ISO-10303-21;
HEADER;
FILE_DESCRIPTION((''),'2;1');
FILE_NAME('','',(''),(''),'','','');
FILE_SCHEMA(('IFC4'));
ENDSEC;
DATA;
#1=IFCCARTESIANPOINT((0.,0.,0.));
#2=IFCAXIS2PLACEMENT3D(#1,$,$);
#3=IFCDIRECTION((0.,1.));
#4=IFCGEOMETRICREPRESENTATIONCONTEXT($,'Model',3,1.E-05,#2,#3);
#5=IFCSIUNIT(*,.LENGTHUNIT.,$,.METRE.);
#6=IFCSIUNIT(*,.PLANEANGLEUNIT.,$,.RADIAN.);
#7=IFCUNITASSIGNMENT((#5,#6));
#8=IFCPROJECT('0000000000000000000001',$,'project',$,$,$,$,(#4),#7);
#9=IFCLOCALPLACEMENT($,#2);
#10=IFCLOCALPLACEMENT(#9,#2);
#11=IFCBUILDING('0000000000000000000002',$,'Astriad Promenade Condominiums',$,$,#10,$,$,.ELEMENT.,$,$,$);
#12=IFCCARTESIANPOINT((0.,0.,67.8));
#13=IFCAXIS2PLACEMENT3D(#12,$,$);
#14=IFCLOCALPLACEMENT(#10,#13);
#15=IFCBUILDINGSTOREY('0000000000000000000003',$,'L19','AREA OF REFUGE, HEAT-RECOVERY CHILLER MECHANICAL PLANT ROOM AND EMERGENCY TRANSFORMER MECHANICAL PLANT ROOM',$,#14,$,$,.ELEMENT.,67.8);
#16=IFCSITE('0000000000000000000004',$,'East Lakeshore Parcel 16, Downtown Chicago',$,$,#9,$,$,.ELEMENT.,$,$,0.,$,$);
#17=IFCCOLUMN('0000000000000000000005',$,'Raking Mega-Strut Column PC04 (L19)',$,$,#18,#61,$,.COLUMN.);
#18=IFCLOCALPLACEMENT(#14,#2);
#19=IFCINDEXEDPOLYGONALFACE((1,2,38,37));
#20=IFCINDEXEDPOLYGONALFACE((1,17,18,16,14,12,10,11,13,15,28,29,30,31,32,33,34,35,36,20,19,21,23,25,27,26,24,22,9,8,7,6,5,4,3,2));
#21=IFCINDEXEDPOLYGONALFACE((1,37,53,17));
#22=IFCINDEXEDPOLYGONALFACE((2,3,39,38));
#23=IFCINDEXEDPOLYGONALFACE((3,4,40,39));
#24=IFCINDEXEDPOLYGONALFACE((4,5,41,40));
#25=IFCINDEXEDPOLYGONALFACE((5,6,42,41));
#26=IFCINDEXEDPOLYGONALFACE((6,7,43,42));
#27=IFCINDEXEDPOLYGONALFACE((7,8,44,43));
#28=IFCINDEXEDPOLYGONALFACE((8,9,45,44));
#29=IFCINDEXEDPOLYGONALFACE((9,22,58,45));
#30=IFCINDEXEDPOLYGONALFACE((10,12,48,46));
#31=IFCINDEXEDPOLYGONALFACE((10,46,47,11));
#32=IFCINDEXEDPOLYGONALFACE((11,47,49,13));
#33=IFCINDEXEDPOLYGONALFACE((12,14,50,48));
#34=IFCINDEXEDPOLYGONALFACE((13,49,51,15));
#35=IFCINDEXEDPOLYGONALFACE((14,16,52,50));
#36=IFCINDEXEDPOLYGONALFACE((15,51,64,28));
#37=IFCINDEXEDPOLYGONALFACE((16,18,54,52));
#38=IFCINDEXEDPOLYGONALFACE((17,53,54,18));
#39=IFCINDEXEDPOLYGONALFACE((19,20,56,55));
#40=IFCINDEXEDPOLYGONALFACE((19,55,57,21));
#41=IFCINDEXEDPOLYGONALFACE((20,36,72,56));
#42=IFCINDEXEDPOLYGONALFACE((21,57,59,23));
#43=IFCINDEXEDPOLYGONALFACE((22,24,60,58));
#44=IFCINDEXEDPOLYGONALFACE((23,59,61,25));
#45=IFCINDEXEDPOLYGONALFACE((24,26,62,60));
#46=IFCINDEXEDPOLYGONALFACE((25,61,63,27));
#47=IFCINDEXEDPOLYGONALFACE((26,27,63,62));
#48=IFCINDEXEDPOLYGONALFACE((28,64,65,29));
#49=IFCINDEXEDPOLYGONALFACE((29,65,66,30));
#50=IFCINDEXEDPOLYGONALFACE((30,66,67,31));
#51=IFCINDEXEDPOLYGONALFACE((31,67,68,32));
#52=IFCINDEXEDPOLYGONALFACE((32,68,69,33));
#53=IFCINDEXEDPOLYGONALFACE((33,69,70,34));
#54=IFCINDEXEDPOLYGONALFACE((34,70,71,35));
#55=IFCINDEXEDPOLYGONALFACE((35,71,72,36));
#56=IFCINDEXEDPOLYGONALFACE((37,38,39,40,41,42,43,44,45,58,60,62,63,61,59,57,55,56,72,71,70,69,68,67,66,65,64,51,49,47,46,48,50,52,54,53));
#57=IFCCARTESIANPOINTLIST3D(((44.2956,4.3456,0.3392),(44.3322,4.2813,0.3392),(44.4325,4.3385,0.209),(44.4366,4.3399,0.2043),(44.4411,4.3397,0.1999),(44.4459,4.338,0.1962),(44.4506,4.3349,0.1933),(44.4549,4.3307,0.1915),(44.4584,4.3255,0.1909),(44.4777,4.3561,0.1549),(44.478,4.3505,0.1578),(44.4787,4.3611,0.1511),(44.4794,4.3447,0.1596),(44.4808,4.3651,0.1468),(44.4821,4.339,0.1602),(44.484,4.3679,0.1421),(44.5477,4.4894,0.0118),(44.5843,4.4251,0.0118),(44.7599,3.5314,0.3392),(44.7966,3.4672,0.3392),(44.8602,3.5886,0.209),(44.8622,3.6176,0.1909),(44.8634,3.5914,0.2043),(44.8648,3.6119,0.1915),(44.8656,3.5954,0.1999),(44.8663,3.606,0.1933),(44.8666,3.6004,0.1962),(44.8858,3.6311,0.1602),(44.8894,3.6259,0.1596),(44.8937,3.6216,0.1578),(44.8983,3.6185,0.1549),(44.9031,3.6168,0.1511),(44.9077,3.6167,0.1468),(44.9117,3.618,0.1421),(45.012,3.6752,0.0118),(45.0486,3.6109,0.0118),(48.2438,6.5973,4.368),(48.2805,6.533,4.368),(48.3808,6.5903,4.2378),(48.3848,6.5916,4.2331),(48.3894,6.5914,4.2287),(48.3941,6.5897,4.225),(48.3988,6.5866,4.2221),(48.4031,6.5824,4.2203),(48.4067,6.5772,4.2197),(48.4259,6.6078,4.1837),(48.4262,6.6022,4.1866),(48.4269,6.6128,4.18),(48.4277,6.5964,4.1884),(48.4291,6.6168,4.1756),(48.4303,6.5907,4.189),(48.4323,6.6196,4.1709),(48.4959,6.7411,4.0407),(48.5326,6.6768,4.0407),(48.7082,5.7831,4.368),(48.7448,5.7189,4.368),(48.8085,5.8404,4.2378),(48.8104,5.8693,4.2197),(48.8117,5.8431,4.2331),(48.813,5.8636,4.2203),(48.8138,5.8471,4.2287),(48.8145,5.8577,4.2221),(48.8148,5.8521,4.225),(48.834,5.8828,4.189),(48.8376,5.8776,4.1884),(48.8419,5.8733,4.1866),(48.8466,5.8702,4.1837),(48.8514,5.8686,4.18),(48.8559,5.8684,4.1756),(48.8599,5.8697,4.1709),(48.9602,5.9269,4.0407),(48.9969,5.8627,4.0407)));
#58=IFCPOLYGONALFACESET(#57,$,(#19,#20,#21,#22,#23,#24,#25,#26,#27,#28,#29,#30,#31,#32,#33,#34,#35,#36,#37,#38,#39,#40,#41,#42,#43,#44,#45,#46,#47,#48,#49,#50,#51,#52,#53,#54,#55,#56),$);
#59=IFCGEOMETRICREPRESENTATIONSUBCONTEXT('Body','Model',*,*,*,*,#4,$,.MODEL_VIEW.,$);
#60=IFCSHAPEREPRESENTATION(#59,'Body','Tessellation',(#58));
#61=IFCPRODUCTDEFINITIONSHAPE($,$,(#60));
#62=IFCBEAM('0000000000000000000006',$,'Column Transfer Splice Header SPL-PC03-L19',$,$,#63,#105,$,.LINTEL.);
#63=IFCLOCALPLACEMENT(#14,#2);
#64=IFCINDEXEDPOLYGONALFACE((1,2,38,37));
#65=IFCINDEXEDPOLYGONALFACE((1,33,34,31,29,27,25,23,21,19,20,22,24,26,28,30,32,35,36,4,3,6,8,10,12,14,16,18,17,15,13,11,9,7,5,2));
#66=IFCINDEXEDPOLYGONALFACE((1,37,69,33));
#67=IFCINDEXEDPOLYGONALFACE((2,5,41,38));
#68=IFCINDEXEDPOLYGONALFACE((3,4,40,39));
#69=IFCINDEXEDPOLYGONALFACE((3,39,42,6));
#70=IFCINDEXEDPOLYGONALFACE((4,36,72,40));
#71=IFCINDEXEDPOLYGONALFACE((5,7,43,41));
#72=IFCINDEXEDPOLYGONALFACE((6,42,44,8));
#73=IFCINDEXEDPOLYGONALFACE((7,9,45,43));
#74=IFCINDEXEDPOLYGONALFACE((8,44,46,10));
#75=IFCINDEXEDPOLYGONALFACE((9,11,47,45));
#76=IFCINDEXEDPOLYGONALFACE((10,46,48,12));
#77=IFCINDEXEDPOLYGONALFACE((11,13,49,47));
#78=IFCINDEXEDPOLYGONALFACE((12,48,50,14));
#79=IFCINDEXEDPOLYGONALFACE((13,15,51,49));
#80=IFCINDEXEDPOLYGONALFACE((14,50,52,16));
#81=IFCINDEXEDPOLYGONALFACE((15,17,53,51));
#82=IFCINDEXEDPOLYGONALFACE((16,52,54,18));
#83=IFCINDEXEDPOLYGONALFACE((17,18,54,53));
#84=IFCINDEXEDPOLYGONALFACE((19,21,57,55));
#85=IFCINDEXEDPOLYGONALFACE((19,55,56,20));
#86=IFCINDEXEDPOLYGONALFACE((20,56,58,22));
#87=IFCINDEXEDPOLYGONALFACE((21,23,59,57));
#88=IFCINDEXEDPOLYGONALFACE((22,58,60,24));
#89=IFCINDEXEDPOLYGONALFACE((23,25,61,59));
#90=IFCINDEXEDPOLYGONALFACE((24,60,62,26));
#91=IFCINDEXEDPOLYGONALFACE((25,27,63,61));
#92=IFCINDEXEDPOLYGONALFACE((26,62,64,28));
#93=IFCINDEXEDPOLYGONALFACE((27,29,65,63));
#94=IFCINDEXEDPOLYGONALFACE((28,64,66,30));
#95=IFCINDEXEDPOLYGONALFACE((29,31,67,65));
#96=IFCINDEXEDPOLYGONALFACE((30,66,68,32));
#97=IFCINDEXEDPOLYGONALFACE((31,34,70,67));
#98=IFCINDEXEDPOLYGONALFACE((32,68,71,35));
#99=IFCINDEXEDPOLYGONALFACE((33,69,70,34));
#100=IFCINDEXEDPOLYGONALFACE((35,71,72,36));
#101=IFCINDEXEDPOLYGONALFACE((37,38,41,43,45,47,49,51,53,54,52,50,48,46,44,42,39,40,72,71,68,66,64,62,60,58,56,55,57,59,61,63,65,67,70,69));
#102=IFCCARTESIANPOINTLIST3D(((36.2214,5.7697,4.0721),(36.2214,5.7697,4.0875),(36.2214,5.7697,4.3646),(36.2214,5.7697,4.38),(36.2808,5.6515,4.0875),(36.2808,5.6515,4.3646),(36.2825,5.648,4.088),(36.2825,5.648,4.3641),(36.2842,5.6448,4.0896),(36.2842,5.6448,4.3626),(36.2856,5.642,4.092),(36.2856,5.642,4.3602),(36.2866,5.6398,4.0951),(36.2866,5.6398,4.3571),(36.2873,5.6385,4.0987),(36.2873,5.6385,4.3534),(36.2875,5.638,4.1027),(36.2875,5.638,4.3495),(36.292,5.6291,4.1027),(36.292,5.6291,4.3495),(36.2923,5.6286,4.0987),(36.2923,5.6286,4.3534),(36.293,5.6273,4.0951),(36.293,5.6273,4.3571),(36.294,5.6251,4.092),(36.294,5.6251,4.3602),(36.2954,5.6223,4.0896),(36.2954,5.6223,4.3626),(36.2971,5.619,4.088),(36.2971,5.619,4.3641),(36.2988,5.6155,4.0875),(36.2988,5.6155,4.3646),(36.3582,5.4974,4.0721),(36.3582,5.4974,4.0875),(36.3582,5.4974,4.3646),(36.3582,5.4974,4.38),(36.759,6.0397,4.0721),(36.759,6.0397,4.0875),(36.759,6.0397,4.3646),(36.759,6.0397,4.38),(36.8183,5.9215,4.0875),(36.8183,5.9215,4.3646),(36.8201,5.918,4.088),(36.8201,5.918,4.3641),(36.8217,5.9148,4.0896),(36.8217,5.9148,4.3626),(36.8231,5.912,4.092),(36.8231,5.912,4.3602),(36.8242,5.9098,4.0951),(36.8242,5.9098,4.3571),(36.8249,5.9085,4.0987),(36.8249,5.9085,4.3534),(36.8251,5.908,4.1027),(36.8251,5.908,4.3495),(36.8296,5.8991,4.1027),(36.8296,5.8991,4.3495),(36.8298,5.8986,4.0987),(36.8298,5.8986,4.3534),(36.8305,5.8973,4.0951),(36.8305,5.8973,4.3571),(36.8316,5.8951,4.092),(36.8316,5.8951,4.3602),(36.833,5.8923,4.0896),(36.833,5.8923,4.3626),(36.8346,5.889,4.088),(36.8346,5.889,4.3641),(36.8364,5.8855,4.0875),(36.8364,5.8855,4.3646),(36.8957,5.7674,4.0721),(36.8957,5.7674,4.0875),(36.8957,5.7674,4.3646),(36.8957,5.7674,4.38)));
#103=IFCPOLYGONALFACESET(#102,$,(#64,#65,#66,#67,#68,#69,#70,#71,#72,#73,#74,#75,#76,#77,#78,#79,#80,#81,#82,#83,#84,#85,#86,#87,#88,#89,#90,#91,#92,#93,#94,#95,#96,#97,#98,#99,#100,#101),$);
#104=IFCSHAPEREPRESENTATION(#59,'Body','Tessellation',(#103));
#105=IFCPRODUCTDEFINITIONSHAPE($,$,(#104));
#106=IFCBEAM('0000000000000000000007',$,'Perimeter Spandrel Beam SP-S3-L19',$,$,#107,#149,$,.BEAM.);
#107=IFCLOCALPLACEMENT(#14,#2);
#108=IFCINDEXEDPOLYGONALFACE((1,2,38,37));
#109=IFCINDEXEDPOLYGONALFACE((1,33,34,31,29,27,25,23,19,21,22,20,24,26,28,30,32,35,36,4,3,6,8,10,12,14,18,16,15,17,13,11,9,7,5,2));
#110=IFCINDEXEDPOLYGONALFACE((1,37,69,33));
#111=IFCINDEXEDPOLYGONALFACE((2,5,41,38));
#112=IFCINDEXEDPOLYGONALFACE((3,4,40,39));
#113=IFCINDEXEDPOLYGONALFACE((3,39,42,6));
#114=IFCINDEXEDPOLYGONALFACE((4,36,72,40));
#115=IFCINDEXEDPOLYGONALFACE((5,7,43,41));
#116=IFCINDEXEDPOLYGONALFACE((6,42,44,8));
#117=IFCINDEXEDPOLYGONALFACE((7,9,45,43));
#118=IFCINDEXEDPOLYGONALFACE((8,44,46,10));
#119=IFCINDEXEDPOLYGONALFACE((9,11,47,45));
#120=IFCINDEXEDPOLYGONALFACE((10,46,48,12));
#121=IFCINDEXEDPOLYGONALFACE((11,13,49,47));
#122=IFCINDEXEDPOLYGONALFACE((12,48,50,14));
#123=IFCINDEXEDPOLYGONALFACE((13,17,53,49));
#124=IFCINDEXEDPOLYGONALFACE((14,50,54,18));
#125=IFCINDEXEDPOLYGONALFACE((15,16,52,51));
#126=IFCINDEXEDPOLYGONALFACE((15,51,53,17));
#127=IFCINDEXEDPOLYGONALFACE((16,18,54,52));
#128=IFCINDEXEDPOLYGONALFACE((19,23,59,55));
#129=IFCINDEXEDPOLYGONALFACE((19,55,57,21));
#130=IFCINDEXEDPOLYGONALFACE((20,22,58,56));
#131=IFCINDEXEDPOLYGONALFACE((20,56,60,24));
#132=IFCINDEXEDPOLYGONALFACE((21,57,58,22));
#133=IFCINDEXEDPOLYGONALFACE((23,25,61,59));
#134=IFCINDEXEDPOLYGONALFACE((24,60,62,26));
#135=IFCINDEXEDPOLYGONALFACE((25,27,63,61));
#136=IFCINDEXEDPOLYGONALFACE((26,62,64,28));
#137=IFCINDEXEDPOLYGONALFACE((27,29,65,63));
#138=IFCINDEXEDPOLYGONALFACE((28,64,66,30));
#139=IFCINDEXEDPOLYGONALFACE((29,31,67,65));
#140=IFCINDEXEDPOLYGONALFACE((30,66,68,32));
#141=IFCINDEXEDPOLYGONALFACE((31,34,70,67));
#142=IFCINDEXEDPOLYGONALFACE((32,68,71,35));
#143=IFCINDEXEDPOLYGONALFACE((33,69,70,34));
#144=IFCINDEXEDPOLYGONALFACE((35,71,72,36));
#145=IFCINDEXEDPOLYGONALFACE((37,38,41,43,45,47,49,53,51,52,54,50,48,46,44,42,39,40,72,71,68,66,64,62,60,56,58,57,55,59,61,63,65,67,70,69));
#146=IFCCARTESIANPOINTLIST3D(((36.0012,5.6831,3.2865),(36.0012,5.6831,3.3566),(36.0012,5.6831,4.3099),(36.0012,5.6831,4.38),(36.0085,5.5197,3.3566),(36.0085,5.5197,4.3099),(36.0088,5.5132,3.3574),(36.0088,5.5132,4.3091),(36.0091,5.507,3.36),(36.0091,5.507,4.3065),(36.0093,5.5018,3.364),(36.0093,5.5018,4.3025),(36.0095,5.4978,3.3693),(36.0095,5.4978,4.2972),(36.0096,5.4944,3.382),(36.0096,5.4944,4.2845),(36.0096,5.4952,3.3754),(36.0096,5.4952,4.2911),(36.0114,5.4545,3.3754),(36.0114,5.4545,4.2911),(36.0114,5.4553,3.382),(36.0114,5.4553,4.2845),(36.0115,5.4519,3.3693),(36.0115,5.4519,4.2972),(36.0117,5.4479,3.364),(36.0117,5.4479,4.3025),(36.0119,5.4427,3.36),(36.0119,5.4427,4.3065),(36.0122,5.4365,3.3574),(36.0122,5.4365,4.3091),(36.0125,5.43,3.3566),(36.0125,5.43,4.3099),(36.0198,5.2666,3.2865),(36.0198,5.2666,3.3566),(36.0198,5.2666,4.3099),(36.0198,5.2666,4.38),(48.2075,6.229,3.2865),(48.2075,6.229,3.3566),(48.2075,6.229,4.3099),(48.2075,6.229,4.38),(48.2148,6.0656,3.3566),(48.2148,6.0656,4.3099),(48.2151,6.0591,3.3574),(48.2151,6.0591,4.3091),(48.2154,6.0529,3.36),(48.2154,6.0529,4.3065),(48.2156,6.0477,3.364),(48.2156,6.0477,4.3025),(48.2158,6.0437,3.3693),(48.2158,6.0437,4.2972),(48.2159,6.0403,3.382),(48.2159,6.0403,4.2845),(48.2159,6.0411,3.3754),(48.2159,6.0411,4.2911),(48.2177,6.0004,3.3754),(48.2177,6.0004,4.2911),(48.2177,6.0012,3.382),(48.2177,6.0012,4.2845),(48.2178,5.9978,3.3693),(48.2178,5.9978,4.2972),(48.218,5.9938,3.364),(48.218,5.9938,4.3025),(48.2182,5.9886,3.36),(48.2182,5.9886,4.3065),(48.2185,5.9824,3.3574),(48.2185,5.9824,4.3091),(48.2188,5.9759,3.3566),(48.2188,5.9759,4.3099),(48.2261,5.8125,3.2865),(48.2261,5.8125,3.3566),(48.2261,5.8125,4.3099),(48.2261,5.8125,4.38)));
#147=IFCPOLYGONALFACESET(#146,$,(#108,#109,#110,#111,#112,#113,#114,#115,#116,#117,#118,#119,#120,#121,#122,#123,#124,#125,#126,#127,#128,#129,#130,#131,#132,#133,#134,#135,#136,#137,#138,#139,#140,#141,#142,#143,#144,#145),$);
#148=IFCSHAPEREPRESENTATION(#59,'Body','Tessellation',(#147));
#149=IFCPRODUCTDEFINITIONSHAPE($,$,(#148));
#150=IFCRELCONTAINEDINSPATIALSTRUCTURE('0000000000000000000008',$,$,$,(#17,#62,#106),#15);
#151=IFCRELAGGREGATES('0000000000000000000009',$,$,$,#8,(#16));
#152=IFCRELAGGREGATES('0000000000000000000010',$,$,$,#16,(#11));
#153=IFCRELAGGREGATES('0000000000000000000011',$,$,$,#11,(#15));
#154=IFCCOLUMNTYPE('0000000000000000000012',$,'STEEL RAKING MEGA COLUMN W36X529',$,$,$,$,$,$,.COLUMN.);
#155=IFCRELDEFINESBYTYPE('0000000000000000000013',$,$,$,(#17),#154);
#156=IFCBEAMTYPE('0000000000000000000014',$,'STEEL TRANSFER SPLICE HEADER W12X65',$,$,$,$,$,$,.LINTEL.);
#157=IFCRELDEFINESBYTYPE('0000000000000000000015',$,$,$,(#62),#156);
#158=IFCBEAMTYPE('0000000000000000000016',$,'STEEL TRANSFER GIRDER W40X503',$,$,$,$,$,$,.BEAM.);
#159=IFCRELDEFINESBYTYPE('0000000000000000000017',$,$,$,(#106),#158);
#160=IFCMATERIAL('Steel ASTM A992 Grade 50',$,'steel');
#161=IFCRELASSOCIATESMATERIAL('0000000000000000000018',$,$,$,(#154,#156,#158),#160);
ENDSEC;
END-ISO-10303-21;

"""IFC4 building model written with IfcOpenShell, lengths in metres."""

from ifc_helpers import new_model, si_unit, direction, frame, origin, origin_2d, place, context, subcontext, project, spatial, i_section, extrude, source, transform, mapped, material, material_profile, profile_set, type_object, type_shapes, element, save


model = new_model("IFC4")

# Units and contexts
model_context = context("Model", 3, precision=1e-05, world=origin(), true_north=direction((0.0, 1.0)))
body_context = subcontext(model_context, "Body", "Model", "MODEL_VIEW")
ifc_project = project(units=[si_unit("LENGTHUNIT", "METRE"), si_unit("PLANEANGLEUNIT", "RADIAN")], contexts=[model_context])

# Site, building, storey
site_placement = place(None, origin())
site = spatial("IfcSite", under=ifc_project, at=site_placement, Name="East Lakeshore Parcel 16, Downtown Chicago", CompositionType="ELEMENT", RefElevation=0.0)
building_placement = place(site_placement, origin())
building = spatial("IfcBuilding", under=site, at=building_placement, Name="Astriad Promenade Condominiums", CompositionType="ELEMENT")
storey_placement = place(building_placement, frame((0.0, 0.0, 67.8)))
storey = spatial("IfcBuildingStorey", under=building, at=storey_placement, Name="L19", Description="AREA OF REFUGE, HEAT-RECOVERY CHILLER MECHANICAL PLANT ROOM AND EMERGENCY TRANSFORMER MECHANICAL PLANT ROOM", CompositionType="ELEMENT", Elevation=67.8)

# Column
ifc_material_1 = material(Name="Steel ASTM A992 Grade 50", Category="steel")
ifc_material_profile_1 = material_profile(ifc_material_1, i_section(OverallWidth=0.4375, OverallDepth=1.0112, WebThickness=0.041, FlangeThickness=0.074, FilletRadius=0.0242, at=origin_2d()), Name="W36X529")
ifc_profile_set_1 = profile_set([ifc_material_profile_1], Name="Steel ASTM A992 Grade 50")
column_type = type_object("IfcColumnType", Name="STEEL RAKING MEGA COLUMN W36X529", PredefinedType="COLUMN", material=ifc_profile_set_1)
shared_shape_1 = source(origin(), body_context, "Body", "SweptSolid", [
    extrude(i_section(OverallWidth=0.4375, OverallDepth=1.0112, WebThickness=0.041, FlangeThickness=0.074, FilletRadius=0.0242, at=origin_2d()), origin(), (0.0, 0.0, 1.0), 6.0737),
])
type_shapes(column_type, [shared_shape_1])
column_placement = place(storey_placement, frame((44.6721, 3.9783, 0.1755), z_axis=(0.650053, 0.37073, 0.663318), x_axis=(-0.576199, -0.32861, 0.748338)))
element("IfcColumn", 1, at=column_placement, inside=storey, type_object=column_type, Name="Raking Mega-Strut Column PC04 (L19)", PredefinedType="COLUMN", context=body_context, shape_type="MappedRepresentation", body=[
    mapped(shared_shape_1, transform((0.0, 0.0, 0.0), scale=1.0)),
])

# Beams
ifc_material_profile_2 = material_profile(ifc_material_1, i_section(OverallWidth=0.3047, OverallDepth=0.3079, WebThickness=0.01, FlangeThickness=0.0154, FilletRadius=0.0151, at=origin_2d()), Name="W12X65")
ifc_profile_set_2 = profile_set([ifc_material_profile_2], Name="Steel ASTM A992 Grade 50")
beam_type_1 = type_object("IfcBeamType", Name="STEEL TRANSFER SPLICE HEADER W12X65", PredefinedType="LINTEL", material=ifc_profile_set_2)
shared_shape_2 = source(origin(), body_context, "Body", "SweptSolid", [
    extrude(i_section(OverallWidth=0.3047, OverallDepth=0.3079, WebThickness=0.01, FlangeThickness=0.0154, FilletRadius=0.0151, at=origin_2d()), origin(), (0.0, 0.0, 1.0), 0.6016),
])
type_shapes(beam_type_1, [shared_shape_2])
beam_1_placement = place(storey_placement, frame((36.2898, 5.6335, 4.2261), z_axis=(0.893614, 0.448836, 0.0), x_axis=(-0.448836, 0.893614, 0.0)))
element("IfcBeam", 2, at=beam_1_placement, inside=storey, type_object=beam_type_1, Name="Column Transfer Splice Header SPL-PC03-L19", PredefinedType="LINTEL", context=body_context, shape_type="MappedRepresentation", body=[
    mapped(shared_shape_2, transform((0.0, 0.0, 0.0), scale=1.0)),
])
ifc_material_profile_3 = material_profile(ifc_material_1, i_section(OverallWidth=0.417, OverallDepth=1.0935, WebThickness=0.0391, FlangeThickness=0.0701, FilletRadius=0.0254, at=origin_2d()), Name="W40X503")
ifc_profile_set_3 = profile_set([ifc_material_profile_3], Name="Steel ASTM A992 Grade 50")
beam_type_2 = type_object("IfcBeamType", Name="STEEL TRANSFER GIRDER W40X503", PredefinedType="BEAM", material=ifc_profile_set_3)
shared_shape_3 = source(origin(), body_context, "Body", "SweptSolid", [
    extrude(i_section(OverallWidth=0.417, OverallDepth=1.0935, WebThickness=0.0391, FlangeThickness=0.0701, FilletRadius=0.0254, at=origin_2d()), origin(), (0.0, 0.0, 1.0), 12.2185),
])
type_shapes(beam_type_2, [shared_shape_3])
beam_2_placement = place(storey_placement, frame((36.0105, 5.4749, 3.8333), z_axis=(0.999001, 0.044678, 0.0), x_axis=(-0.044678, 0.999001, 0.0)))
element("IfcBeam", 3, at=beam_2_placement, inside=storey, type_object=beam_type_2, Name="Perimeter Spandrel Beam SP-S3-L19", PredefinedType="BEAM", context=body_context, shape_type="MappedRepresentation", body=[
    mapped(shared_shape_3, transform((0.0, 0.0, 0.0), scale=1.0)),
])

save(model, "model.ifc")
